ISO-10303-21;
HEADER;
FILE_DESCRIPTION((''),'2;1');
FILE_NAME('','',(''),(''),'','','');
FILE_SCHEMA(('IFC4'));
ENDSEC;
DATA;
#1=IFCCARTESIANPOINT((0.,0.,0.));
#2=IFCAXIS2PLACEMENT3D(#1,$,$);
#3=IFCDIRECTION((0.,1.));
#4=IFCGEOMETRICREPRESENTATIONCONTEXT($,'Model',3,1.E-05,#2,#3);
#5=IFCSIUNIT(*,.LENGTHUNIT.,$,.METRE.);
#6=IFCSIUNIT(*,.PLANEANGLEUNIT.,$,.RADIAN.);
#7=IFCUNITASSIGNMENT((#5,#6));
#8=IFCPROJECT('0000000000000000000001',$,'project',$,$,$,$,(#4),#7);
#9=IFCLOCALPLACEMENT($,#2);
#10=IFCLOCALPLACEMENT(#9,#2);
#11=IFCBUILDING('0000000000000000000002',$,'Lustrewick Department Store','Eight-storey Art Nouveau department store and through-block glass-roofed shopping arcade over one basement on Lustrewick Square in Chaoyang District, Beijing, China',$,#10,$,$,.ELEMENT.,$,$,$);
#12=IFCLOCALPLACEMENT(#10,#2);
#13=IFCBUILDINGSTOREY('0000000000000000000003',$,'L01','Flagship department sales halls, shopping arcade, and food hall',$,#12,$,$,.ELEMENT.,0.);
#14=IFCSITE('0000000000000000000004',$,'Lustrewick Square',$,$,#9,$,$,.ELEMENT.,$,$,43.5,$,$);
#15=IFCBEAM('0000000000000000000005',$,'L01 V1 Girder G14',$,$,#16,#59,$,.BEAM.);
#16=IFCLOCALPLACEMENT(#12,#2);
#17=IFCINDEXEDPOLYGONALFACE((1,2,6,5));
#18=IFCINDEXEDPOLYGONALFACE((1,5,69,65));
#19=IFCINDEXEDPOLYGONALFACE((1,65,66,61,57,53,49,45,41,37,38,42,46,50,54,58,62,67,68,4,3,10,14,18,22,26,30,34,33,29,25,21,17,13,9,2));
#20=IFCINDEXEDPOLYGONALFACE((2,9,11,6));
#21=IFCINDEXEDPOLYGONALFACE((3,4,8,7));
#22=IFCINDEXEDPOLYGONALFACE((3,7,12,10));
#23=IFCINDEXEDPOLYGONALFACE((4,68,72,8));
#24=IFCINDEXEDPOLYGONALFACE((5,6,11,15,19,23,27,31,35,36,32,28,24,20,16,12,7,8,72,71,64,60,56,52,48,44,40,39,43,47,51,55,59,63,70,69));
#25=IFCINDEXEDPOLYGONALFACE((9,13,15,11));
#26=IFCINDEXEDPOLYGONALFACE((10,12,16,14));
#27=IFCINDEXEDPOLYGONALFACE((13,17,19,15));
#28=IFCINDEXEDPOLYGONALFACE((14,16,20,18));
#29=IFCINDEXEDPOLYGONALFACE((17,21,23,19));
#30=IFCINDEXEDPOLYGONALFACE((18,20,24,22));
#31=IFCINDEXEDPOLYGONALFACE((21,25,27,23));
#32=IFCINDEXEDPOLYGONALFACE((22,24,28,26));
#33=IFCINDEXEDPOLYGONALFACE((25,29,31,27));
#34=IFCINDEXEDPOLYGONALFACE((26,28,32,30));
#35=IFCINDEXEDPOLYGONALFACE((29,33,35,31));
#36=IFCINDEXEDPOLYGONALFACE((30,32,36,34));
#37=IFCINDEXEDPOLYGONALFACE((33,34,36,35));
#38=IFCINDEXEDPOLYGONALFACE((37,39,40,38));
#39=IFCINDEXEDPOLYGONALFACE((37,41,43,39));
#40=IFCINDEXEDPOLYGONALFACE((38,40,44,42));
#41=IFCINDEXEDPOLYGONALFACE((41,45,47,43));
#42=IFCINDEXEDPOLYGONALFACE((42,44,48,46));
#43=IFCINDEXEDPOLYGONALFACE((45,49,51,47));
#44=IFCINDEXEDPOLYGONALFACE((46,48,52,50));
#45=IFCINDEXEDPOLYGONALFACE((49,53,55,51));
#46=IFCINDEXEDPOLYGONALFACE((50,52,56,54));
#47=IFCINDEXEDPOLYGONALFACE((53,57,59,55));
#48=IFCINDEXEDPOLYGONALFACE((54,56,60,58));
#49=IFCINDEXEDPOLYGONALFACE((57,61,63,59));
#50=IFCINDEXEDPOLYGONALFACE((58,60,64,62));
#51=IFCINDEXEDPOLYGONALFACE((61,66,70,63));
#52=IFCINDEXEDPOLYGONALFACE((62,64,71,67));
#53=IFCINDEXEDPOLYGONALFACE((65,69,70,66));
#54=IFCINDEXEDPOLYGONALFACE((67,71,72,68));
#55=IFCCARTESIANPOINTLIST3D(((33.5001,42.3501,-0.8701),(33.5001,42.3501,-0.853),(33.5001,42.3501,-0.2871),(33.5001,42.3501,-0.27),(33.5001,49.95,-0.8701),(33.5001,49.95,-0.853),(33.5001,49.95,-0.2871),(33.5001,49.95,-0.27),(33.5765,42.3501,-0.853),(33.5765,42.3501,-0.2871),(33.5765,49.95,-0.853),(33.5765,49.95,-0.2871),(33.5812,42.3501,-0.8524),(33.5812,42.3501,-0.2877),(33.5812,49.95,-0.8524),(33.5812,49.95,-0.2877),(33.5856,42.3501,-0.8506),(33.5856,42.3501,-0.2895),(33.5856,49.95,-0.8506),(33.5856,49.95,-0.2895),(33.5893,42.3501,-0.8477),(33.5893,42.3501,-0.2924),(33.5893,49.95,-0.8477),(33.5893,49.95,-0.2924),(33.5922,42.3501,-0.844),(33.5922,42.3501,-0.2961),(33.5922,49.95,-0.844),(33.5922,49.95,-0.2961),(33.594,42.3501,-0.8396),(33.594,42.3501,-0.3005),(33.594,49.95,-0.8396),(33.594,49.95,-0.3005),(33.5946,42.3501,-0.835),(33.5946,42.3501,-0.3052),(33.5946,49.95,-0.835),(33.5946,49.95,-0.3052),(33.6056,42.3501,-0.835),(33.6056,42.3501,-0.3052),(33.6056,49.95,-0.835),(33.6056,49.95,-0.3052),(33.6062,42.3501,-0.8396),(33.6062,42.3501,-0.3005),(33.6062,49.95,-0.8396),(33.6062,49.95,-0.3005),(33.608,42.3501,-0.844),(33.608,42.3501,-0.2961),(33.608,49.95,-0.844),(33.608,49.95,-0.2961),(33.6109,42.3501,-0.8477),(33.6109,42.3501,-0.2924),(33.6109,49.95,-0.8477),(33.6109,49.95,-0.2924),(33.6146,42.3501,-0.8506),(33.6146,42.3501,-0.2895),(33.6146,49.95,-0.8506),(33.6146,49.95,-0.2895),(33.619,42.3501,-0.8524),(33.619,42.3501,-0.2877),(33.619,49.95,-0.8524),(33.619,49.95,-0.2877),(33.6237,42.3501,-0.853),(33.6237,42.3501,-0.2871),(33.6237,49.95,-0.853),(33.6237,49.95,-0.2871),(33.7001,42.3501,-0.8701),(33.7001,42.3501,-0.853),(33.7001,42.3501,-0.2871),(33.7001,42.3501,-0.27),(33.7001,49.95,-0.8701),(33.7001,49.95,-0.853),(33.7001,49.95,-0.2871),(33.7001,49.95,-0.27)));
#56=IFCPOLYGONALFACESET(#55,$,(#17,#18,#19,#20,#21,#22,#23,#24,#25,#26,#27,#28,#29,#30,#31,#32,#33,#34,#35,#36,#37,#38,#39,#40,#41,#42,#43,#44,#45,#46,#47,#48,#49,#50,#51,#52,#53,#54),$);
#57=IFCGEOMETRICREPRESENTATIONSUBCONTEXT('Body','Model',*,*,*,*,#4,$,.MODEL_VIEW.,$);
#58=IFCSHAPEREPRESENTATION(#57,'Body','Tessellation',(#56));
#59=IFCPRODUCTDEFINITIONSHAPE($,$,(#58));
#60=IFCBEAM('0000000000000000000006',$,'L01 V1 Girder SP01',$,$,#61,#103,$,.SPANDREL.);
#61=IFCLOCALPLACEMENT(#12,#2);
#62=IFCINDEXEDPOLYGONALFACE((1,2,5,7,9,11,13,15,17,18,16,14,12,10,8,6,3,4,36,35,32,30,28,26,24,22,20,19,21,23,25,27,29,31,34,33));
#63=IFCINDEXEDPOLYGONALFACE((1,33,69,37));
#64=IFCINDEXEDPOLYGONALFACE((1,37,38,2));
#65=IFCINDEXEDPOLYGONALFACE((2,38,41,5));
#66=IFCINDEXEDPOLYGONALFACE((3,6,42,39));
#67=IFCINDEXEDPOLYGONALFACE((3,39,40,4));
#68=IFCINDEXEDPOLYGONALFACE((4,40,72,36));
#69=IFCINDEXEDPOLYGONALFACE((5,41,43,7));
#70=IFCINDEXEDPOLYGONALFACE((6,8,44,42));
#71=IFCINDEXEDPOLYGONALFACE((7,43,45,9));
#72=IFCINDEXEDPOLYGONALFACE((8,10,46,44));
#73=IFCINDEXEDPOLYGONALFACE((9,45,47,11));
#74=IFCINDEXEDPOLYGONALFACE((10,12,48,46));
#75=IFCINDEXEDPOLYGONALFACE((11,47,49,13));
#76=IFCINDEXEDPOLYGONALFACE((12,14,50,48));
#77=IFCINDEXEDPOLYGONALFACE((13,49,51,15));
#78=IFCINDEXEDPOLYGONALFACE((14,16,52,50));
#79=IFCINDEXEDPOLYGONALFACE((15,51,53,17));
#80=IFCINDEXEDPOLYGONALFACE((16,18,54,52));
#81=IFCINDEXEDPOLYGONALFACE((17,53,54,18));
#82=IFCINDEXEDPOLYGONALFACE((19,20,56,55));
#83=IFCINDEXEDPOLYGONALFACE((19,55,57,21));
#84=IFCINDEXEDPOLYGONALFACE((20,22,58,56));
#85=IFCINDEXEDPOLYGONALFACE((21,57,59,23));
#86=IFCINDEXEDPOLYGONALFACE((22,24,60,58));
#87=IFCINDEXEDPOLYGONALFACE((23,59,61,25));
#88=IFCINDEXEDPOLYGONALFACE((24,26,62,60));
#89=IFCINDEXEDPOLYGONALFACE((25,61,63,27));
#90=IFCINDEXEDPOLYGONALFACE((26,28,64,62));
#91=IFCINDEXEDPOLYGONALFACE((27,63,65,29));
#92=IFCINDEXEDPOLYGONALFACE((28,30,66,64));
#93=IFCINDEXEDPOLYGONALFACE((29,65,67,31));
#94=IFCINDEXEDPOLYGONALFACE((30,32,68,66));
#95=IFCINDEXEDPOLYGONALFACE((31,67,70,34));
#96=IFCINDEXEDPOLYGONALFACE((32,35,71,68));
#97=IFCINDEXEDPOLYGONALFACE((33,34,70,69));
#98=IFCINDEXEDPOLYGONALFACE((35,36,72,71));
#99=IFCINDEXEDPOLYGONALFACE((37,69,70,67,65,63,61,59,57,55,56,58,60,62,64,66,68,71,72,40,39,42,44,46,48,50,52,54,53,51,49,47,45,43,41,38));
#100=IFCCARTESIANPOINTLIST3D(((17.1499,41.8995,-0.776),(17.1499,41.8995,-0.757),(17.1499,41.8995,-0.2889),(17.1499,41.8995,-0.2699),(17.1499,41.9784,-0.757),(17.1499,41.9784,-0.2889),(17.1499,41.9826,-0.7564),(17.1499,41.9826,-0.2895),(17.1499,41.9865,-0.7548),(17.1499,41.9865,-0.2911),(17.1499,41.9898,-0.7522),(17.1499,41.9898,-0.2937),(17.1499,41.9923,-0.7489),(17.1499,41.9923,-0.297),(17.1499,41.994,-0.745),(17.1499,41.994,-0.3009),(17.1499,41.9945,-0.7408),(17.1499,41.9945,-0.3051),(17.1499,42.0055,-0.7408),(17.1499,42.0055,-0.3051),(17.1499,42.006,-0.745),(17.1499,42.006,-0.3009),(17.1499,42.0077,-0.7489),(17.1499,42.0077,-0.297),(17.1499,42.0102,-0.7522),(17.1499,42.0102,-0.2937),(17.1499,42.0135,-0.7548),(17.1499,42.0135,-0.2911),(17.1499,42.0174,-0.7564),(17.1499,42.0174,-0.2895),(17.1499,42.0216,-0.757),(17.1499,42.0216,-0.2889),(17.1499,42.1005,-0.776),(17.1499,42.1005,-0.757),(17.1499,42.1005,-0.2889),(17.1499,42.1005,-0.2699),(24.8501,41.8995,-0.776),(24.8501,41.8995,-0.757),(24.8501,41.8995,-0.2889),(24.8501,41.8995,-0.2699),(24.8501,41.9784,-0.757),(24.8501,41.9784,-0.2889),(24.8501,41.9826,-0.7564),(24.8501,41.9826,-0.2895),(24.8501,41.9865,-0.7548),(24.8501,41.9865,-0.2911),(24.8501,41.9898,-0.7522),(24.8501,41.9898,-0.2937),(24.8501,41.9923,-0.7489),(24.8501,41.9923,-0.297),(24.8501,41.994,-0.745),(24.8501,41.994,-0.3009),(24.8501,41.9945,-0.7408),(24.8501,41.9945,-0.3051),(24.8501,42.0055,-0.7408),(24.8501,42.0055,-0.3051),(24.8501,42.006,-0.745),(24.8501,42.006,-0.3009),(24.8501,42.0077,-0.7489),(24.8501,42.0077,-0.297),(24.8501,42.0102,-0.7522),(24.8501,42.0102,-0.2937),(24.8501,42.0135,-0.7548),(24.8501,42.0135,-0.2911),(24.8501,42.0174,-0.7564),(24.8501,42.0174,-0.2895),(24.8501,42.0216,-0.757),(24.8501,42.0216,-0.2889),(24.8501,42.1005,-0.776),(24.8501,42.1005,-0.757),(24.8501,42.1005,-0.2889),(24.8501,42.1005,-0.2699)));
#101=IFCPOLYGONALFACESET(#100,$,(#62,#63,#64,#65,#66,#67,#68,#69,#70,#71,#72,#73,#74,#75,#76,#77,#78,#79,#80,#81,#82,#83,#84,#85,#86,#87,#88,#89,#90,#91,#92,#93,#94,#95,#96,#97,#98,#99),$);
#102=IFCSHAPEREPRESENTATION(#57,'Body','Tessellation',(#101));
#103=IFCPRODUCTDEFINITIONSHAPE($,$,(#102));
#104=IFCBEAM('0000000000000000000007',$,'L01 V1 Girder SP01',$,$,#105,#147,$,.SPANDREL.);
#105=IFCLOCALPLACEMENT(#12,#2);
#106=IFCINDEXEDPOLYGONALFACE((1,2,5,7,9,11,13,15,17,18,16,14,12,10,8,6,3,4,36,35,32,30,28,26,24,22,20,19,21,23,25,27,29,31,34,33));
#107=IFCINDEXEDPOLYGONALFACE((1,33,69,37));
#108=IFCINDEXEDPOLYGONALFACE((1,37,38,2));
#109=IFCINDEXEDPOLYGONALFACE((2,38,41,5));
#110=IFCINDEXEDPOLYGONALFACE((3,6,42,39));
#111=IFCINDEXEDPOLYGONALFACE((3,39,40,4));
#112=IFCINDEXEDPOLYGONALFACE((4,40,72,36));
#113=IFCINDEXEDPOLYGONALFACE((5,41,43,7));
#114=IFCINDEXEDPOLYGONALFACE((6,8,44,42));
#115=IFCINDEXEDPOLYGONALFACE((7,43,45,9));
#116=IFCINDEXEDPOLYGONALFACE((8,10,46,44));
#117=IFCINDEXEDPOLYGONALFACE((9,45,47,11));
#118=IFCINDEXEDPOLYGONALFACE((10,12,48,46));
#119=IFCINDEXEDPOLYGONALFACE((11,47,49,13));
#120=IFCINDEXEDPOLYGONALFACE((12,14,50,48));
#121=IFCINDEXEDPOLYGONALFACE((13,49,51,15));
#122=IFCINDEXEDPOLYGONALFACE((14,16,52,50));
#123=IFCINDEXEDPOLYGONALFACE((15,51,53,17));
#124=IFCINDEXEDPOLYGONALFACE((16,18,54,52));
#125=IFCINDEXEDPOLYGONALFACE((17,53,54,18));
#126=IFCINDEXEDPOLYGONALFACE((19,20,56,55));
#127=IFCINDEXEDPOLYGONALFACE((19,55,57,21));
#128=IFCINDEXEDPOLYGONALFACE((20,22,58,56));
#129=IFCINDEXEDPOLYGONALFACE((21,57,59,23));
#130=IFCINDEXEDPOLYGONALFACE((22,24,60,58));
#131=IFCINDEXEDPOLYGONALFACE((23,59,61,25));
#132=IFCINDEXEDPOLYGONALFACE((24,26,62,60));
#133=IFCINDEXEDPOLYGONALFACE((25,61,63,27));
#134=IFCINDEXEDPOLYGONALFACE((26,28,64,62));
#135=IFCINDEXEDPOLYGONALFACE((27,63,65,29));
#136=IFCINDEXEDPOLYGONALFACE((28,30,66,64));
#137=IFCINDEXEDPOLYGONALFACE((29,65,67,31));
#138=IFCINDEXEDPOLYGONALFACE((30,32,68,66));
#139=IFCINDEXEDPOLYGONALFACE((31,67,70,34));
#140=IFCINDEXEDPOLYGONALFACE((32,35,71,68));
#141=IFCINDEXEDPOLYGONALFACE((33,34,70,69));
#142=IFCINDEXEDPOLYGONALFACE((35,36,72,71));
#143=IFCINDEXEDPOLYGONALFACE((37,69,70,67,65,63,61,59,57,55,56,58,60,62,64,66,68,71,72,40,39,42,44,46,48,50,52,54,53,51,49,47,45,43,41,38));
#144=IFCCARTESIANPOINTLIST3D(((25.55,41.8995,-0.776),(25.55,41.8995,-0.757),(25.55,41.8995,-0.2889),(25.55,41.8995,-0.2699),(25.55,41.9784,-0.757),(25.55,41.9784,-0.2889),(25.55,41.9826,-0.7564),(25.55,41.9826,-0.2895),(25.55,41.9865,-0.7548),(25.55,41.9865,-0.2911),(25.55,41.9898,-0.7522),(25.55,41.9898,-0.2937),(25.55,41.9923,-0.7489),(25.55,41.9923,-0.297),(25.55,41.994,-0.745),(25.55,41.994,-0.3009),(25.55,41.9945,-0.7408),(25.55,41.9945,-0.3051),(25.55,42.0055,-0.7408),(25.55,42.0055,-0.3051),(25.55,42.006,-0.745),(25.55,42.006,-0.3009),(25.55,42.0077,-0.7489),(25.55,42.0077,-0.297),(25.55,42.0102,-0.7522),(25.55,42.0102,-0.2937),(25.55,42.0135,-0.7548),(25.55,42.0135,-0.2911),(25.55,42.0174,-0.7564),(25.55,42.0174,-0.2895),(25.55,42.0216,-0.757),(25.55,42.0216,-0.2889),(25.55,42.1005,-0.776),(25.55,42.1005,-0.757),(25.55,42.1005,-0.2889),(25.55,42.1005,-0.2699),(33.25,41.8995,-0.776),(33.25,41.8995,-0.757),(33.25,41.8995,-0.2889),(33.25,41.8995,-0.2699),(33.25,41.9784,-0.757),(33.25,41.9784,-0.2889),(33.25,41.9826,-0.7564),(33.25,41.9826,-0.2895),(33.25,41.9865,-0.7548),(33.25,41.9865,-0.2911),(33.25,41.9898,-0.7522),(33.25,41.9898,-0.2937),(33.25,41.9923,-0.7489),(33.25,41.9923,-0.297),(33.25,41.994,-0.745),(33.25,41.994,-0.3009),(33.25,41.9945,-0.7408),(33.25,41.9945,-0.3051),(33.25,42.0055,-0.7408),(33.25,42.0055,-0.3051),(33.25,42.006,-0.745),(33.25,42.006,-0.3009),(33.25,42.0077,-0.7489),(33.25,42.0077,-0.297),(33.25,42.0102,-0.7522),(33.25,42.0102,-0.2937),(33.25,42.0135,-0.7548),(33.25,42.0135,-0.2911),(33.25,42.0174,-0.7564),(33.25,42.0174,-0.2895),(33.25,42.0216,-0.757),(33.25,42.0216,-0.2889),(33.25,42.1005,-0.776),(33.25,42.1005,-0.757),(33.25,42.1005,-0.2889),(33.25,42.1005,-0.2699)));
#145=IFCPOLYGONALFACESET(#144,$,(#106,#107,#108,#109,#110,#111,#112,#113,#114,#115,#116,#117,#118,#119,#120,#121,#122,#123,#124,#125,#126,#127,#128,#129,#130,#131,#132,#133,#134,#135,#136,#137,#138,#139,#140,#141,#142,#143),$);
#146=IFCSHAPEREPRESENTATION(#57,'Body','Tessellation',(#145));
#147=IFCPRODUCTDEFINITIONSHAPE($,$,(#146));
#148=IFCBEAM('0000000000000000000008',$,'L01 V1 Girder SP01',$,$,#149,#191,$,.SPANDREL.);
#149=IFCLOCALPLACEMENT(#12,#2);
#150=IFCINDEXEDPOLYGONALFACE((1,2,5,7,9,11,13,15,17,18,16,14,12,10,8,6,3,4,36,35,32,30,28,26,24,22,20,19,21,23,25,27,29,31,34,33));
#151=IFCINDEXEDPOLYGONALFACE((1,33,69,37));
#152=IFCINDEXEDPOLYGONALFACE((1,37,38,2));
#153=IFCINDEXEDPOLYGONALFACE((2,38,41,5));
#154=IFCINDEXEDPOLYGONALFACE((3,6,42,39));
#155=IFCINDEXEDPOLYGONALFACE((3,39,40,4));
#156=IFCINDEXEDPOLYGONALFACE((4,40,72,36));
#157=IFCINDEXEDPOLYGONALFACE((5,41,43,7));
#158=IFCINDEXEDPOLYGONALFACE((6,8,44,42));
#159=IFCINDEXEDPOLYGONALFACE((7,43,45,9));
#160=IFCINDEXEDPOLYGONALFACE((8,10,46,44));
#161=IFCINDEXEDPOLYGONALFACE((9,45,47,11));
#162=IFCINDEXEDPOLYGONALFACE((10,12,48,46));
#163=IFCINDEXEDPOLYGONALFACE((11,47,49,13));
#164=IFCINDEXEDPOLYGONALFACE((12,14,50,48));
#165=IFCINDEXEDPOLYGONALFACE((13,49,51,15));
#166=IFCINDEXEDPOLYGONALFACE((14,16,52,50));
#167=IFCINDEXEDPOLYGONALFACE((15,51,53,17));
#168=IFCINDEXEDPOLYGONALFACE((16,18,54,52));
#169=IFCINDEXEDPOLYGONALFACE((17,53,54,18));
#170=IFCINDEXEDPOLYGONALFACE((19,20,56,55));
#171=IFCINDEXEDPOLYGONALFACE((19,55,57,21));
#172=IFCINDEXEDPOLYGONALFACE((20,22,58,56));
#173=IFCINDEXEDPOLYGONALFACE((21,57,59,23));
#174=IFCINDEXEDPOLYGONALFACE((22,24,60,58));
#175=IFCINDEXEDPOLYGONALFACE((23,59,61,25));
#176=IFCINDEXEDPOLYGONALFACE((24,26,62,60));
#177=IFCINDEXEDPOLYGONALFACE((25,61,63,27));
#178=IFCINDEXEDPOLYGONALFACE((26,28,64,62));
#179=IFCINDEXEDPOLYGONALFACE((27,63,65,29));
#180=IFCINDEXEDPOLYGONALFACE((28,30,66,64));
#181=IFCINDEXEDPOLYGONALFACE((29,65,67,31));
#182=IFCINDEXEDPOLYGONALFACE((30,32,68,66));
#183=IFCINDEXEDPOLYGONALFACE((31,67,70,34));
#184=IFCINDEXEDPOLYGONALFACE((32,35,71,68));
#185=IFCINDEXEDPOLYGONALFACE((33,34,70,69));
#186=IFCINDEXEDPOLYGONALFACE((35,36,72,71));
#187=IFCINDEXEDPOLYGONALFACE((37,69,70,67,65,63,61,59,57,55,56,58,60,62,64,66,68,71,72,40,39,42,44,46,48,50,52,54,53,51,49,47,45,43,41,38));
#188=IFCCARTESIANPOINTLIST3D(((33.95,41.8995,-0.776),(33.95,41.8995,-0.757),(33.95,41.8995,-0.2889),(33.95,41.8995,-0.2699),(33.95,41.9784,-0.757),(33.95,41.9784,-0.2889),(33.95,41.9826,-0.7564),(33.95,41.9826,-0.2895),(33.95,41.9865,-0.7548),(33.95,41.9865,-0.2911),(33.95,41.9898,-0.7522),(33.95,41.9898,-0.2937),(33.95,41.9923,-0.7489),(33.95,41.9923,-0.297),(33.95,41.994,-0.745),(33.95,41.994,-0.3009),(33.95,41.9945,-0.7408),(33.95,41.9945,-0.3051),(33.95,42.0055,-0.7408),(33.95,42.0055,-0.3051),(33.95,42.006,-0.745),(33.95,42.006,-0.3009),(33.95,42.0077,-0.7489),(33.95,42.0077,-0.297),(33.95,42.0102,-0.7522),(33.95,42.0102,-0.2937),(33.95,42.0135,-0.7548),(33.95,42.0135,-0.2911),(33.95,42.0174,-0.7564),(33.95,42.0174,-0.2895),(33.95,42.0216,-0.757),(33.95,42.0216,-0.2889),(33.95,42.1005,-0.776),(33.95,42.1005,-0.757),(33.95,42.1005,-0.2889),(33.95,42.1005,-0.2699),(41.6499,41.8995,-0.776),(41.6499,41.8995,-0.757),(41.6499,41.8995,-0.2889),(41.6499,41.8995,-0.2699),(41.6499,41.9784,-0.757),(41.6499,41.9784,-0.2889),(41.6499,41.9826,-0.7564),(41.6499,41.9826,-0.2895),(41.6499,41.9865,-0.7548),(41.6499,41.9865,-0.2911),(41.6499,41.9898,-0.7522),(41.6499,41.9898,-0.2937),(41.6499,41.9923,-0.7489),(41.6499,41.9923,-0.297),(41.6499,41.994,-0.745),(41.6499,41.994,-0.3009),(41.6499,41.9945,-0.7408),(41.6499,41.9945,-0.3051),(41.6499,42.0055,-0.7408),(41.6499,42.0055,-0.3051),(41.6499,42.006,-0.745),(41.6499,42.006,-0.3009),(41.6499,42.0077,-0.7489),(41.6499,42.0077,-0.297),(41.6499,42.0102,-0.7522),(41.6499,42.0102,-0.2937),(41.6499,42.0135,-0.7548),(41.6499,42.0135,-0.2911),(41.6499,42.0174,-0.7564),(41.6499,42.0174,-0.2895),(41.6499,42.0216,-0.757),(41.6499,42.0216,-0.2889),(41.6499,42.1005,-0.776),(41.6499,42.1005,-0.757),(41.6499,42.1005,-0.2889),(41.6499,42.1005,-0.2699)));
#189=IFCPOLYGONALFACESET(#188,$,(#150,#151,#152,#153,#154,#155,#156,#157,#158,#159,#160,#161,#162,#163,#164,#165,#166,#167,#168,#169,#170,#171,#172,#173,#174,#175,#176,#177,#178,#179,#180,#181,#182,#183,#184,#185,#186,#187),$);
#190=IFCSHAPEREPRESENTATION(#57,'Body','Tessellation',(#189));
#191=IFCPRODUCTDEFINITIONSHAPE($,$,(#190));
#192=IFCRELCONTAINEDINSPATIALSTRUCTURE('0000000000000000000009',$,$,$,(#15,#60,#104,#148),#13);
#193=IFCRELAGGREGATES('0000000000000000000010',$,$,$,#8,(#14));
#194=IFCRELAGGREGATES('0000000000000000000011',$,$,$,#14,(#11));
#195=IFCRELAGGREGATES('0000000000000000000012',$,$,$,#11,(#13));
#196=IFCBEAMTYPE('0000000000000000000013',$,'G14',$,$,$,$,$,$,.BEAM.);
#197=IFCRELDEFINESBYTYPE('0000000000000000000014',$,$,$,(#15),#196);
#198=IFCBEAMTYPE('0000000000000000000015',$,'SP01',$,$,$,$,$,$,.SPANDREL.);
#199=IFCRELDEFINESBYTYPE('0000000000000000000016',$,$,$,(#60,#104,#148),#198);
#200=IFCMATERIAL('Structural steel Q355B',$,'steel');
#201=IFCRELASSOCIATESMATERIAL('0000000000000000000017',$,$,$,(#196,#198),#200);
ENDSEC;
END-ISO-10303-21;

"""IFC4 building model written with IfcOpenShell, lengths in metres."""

from ifc_helpers import new_model, si_unit, direction, frame, origin, origin_2d, place, context, subcontext, project, spatial, i_section, extrude, material, material_profile, profile_set, type_object, element, save


model = new_model("IFC4")

# Units and contexts
model_context = context("Model", 3, precision=1e-05, world=origin(), true_north=direction((0.0, 1.0)))
body_context = subcontext(model_context, "Body", "Model", "MODEL_VIEW")
ifc_project = project(units=[si_unit("LENGTHUNIT", "METRE"), si_unit("PLANEANGLEUNIT", "RADIAN")], contexts=[model_context])

# Site, building, storey
site_placement = place(None, origin())
site = spatial("IfcSite", under=ifc_project, at=site_placement, Name="Lustrewick Square", CompositionType="ELEMENT", RefElevation=43.5)
building_placement = place(site_placement, origin())
building = spatial("IfcBuilding", under=site, at=building_placement, Name="Lustrewick Department Store", Description="Eight-storey Art Nouveau department store and through-block glass-roofed shopping arcade over one basement on Lustrewick Square in Chaoyang District, Beijing, China", CompositionType="ELEMENT")
storey_placement = place(building_placement, origin())
storey = spatial("IfcBuildingStorey", under=building, at=storey_placement, Name="L01", Description="Flagship department sales halls, shopping arcade, and food hall", CompositionType="ELEMENT", Elevation=0.0)

# Beams
ifc_material_1 = material(Name="Structural steel Q355B", Category="steel")
ifc_material_profile_1 = material_profile(ifc_material_1, i_section(OverallWidth=0.2, OverallDepth=0.6001, WebThickness=0.011, FlangeThickness=0.0171, FilletRadius=0.0181, at=origin_2d()), Name="HN 600x200x11x17")
ifc_profile_set_1 = profile_set([ifc_material_profile_1], Name="Structural steel Q355B")
beam_type_1 = type_object("IfcBeamType", Name="G14", PredefinedType="BEAM", material=ifc_profile_set_1)
beam_1_placement = place(storey_placement, frame((33.6001, 42.3501, -0.5701), z_axis=(0.0, 1.0, 0.0), x_axis=(-1.0, 0.0, 0.0)))
element("IfcBeam", 1, at=beam_1_placement, inside=storey, type_object=beam_type_1, Name="L01 V1 Girder G14", PredefinedType="BEAM", context=body_context, shape_type="SweptSolid", body=[
    extrude(i_section(OverallWidth=0.2, OverallDepth=0.6001, WebThickness=0.011, FlangeThickness=0.0171, FilletRadius=0.0181, at=origin_2d()), origin(), (0.0, 0.0, 1.0), 7.5999),
])
ifc_material_profile_2 = material_profile(ifc_material_1, i_section(OverallWidth=0.2009, OverallDepth=0.5061, WebThickness=0.011, FlangeThickness=0.019, FilletRadius=0.0161, at=origin_2d()), Name="HN 506x201x11x19")
ifc_profile_set_2 = profile_set([ifc_material_profile_2], Name="Structural steel Q355B")
beam_type_2 = type_object("IfcBeamType", Name="SP01", PredefinedType="SPANDREL", material=ifc_profile_set_2)
beam_2_placement = place(storey_placement, frame((17.1499, 42.0, -0.5229), z_axis=(1.0, 0.0, 0.0), x_axis=(0.0, 1.0, 0.0)))
element("IfcBeam", 2, at=beam_2_placement, inside=storey, type_object=beam_type_2, Name="L01 V1 Girder SP01", PredefinedType="SPANDREL", context=body_context, shape_type="SweptSolid", body=[
    extrude(i_section(OverallWidth=0.2009, OverallDepth=0.5061, WebThickness=0.011, FlangeThickness=0.019, FilletRadius=0.0161, at=origin_2d()), origin(), (0.0, 0.0, 1.0), 7.7002),
])
for number, where, z_axis, x_axis, name in (
    (3, (25.55, 42.0, -0.5229), (1.0, 0.0, 0.0), (0.0, 1.0, 0.0), "L01 V1 Girder SP01"),
    (4, (33.95, 42.0, -0.5229), (1.0, 0.0, 0.0), (0.0, 1.0, 0.0), "L01 V1 Girder SP01"),
):
    element("IfcBeam", number, at=place(storey_placement, frame(where, z_axis=z_axis, x_axis=x_axis)), inside=storey, type_object=beam_type_2, Name=name, PredefinedType="SPANDREL", context=body_context, shape_type="SweptSolid", body=[
        extrude(i_section(OverallWidth=0.2009, OverallDepth=0.5061, WebThickness=0.011, FlangeThickness=0.019, FilletRadius=0.0161, at=origin_2d()), origin(), (0.0, 0.0, 1.0), 7.7),
    ])

save(model, "model.ifc")
